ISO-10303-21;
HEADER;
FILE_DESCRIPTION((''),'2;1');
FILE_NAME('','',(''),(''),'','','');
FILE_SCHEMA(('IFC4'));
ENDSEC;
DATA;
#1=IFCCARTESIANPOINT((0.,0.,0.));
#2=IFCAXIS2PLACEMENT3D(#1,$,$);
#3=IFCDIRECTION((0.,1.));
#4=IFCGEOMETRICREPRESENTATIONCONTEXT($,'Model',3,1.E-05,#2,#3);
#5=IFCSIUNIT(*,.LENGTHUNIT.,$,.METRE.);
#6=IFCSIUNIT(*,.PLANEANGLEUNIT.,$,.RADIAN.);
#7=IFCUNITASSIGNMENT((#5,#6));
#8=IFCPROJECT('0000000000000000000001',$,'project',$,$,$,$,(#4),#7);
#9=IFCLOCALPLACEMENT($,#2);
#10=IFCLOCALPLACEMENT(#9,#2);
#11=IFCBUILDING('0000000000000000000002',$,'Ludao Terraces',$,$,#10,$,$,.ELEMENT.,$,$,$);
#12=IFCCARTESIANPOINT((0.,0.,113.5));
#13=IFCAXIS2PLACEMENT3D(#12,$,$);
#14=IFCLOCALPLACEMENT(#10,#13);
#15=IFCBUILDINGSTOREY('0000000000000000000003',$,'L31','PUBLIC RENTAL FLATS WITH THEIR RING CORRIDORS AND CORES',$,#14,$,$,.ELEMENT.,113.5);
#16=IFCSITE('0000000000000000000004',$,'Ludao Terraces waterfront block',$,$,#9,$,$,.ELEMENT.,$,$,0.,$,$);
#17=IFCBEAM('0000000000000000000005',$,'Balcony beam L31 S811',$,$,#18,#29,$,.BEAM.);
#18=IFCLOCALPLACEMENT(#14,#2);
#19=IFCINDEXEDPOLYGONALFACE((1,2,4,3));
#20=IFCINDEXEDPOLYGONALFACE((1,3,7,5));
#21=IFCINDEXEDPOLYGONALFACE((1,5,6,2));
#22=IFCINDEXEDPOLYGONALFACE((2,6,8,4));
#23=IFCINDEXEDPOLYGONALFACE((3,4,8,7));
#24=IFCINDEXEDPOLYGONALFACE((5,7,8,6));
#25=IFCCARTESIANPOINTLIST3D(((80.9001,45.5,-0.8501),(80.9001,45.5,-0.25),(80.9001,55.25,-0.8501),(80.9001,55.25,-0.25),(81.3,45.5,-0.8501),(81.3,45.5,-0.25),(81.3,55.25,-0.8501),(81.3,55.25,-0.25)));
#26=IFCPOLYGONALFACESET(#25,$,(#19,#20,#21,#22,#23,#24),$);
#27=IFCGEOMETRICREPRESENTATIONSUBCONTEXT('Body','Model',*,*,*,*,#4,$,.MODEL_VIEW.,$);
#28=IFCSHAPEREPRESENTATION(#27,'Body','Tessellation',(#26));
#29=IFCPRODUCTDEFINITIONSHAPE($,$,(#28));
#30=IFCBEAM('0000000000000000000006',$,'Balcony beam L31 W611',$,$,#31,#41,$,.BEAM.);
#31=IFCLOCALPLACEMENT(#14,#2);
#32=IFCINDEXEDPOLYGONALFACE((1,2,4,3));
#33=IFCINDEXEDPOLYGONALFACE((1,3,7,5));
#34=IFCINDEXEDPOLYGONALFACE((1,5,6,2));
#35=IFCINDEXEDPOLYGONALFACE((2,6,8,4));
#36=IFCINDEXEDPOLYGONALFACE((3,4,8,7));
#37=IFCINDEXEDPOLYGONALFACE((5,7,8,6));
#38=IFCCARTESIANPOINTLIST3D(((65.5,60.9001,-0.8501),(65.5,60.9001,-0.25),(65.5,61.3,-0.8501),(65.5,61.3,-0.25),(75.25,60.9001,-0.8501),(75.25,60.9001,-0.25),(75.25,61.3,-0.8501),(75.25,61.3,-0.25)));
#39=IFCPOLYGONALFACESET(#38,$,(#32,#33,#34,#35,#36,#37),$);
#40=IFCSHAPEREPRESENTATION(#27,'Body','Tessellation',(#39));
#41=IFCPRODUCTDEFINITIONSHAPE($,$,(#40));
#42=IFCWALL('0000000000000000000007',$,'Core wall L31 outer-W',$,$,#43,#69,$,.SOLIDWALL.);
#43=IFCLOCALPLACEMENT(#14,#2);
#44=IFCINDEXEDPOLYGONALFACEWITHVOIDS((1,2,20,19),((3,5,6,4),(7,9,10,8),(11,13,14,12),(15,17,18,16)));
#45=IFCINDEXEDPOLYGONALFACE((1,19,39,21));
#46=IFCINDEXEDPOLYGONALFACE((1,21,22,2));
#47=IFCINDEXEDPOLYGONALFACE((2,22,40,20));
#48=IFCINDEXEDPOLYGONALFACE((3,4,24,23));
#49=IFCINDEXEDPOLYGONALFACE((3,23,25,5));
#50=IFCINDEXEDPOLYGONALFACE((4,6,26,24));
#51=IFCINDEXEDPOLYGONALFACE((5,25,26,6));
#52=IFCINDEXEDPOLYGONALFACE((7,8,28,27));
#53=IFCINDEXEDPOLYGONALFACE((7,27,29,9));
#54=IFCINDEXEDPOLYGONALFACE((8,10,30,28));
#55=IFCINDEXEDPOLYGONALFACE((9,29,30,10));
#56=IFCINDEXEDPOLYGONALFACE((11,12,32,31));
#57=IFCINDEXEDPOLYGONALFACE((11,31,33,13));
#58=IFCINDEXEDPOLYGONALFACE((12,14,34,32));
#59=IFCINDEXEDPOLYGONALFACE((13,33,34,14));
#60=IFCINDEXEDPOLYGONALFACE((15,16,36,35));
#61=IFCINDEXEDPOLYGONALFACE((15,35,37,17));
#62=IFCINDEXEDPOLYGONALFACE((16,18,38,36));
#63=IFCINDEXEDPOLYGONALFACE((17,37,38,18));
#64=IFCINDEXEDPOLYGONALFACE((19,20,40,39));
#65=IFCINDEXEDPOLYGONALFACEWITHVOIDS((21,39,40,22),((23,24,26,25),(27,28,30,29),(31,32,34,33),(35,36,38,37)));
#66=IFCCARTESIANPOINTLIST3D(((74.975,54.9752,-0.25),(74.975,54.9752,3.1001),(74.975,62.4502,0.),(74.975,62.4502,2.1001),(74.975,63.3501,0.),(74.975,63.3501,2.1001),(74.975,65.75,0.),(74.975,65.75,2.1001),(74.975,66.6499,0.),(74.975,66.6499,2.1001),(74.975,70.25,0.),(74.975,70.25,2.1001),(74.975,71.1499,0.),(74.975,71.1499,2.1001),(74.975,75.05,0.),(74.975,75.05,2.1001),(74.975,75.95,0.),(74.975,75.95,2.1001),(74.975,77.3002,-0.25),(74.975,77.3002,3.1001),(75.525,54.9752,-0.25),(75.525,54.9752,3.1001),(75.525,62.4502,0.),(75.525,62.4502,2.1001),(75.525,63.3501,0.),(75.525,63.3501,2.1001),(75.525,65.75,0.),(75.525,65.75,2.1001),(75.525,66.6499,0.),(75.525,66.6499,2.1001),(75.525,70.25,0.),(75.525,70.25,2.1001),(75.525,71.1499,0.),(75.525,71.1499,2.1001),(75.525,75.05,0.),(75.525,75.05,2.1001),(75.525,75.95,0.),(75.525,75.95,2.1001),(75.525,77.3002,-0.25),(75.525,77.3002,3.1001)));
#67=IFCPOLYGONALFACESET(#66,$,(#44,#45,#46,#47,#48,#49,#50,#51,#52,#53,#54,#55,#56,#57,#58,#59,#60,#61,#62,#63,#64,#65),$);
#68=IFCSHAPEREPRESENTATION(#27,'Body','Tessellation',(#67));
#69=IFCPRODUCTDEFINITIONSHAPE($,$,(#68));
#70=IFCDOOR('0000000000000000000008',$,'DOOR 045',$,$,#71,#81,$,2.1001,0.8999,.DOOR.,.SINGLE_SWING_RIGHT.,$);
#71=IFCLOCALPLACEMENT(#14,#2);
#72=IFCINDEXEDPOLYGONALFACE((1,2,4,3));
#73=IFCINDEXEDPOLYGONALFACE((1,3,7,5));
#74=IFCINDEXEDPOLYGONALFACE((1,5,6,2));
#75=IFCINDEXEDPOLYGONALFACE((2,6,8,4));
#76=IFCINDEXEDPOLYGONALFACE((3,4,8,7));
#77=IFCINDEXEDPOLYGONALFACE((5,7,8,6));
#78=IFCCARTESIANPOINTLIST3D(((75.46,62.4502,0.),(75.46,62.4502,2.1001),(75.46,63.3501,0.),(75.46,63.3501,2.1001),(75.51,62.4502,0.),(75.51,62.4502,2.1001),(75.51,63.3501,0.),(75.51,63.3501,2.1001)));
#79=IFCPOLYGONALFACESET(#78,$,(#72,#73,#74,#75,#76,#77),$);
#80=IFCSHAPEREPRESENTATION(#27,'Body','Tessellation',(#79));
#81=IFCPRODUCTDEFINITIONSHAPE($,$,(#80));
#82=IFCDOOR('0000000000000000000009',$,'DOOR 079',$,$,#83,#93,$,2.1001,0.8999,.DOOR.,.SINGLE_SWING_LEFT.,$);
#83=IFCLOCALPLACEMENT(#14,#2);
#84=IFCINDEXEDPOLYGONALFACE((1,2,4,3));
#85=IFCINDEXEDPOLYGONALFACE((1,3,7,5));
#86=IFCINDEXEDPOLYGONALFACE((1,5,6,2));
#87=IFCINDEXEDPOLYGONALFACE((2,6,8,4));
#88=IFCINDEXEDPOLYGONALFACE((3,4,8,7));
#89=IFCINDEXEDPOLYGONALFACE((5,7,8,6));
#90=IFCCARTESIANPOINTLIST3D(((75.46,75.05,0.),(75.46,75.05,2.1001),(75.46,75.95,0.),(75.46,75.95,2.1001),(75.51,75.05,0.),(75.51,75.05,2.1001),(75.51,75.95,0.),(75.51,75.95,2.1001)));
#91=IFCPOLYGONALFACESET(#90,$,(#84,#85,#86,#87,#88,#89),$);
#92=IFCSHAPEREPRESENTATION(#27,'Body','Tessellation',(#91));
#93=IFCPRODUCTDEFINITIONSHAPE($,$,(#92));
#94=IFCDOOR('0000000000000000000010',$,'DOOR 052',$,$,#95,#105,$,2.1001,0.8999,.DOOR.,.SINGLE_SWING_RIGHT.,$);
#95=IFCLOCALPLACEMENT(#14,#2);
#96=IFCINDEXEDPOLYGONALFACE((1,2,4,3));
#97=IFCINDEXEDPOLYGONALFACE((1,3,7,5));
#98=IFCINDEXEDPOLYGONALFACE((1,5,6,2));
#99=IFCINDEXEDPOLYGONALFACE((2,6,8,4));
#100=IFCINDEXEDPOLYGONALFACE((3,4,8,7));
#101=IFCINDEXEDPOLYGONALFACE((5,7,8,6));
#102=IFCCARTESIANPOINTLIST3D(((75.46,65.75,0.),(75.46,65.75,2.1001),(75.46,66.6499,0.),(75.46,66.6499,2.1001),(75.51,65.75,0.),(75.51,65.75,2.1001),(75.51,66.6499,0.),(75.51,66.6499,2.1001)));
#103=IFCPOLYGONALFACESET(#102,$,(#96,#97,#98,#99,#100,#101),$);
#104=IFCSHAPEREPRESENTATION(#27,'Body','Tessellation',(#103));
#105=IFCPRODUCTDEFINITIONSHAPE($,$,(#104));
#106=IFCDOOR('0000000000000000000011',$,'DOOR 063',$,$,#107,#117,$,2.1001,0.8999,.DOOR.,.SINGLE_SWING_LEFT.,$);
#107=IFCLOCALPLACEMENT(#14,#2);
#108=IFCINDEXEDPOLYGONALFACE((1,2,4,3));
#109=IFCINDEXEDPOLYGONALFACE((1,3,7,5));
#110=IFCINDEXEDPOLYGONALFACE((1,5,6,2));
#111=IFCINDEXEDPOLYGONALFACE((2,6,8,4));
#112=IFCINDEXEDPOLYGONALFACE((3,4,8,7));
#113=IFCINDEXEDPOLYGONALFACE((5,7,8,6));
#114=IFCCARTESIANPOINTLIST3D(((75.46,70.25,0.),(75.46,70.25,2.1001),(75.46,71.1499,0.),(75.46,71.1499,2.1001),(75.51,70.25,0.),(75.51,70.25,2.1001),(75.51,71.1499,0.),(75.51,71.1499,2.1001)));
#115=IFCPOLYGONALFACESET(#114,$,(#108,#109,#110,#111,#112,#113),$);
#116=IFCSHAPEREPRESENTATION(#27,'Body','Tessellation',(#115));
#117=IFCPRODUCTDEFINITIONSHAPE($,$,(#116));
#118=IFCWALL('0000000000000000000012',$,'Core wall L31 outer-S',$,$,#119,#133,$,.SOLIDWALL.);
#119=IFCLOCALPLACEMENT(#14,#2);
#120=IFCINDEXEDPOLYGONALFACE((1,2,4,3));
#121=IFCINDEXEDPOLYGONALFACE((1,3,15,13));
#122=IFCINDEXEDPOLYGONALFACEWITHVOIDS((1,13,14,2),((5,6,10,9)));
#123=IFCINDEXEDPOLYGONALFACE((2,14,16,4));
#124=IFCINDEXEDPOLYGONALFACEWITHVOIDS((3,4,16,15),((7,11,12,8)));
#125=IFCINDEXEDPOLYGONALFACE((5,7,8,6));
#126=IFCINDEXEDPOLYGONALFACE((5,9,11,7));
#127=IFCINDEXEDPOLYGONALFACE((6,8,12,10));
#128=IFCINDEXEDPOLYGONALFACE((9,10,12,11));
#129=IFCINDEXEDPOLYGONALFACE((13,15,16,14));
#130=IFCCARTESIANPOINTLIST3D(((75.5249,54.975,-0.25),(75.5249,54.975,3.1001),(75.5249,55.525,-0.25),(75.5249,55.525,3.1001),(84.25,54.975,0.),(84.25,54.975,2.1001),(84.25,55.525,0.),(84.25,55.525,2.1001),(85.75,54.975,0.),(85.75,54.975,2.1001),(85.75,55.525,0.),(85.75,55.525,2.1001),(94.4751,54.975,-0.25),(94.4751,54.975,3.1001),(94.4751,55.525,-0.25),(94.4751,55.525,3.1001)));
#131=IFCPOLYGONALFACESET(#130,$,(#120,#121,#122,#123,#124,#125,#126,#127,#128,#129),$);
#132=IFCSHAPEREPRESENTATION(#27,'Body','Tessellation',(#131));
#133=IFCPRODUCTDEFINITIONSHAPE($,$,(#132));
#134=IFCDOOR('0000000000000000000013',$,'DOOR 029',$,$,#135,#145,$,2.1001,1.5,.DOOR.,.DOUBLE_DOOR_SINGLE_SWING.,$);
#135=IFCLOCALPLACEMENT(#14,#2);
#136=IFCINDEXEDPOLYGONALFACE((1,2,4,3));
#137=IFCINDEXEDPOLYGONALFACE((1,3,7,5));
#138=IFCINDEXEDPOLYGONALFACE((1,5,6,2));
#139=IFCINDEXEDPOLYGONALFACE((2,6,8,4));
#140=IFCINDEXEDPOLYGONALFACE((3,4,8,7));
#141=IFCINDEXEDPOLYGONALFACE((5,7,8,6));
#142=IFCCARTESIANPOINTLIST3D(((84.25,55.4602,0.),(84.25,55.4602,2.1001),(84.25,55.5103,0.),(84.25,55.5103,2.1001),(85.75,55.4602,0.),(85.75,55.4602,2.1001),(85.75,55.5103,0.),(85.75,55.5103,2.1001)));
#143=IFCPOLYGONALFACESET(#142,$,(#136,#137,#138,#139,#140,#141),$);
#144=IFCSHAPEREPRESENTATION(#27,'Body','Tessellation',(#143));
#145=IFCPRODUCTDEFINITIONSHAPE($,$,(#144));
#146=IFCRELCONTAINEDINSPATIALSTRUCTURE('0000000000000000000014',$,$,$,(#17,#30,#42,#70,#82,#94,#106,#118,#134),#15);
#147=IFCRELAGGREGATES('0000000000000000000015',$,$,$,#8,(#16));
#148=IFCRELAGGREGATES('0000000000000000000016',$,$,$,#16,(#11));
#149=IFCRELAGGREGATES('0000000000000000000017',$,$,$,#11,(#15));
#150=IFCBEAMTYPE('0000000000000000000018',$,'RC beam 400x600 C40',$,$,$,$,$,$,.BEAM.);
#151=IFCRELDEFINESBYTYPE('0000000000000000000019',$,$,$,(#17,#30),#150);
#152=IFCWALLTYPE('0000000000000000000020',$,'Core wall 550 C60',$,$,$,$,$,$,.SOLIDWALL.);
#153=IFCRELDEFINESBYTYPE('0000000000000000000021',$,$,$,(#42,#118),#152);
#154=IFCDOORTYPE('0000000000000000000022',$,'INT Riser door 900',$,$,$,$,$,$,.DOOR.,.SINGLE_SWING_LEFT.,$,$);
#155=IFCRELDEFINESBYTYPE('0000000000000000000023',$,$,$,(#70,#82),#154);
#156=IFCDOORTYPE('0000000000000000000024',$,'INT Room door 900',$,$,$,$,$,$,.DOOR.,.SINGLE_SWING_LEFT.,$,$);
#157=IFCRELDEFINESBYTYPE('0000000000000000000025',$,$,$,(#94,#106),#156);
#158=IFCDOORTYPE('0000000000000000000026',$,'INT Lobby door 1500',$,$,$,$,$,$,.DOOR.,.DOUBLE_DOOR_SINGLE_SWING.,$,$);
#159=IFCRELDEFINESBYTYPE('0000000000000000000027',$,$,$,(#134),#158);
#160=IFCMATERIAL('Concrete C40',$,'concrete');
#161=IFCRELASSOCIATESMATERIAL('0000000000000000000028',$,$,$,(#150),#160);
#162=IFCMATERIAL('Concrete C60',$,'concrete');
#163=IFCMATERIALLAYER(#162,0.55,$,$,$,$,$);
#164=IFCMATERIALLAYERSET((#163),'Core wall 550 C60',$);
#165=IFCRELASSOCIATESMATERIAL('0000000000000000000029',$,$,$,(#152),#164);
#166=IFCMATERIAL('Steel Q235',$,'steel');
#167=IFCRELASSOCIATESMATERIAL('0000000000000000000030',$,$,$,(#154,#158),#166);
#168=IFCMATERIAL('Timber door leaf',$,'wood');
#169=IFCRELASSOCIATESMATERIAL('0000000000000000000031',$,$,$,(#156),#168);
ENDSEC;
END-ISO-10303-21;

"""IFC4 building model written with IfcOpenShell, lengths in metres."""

from ifc_helpers import new_model, si_unit, direction, frame, frame_2d, origin, origin_2d, place, context, subcontext, project, spatial, rectangle, extrude, material, layer, layer_set, material_profile, profile_set, type_object, element, fill, save


model = new_model("IFC4")

# Units and contexts
model_context = context("Model", 3, precision=1e-05, world=origin(), true_north=direction((0.0, 1.0)))
body_context = subcontext(model_context, "Body", "Model", "MODEL_VIEW")
ifc_project = project(units=[si_unit("LENGTHUNIT", "METRE"), si_unit("PLANEANGLEUNIT", "RADIAN")], contexts=[model_context])

# Site, building, storey
site_placement = place(None, origin())
site = spatial("IfcSite", under=ifc_project, at=site_placement, Name="Ludao Terraces waterfront block", CompositionType="ELEMENT", RefElevation=0.0)
building_placement = place(site_placement, origin())
building = spatial("IfcBuilding", under=site, at=building_placement, Name="Ludao Terraces", CompositionType="ELEMENT")
storey_placement = place(building_placement, frame((0.0, 0.0, 113.5)))
storey = spatial("IfcBuildingStorey", under=building, at=storey_placement, Name="L31", Description="PUBLIC RENTAL FLATS WITH THEIR RING CORRIDORS AND CORES", CompositionType="ELEMENT", Elevation=113.5)

# Beams
ifc_material_1 = material(Name="Concrete C40", Category="concrete")
ifc_material_profile = material_profile(ifc_material_1, rectangle(XDim=0.3999, YDim=0.6001, at=origin_2d()), Name="400 X 600")
ifc_profile_set = profile_set([ifc_material_profile], Name="Concrete C40")
beam_type = type_object("IfcBeamType", Name="RC beam 400x600 C40", PredefinedType="BEAM", material=ifc_profile_set)
for number, where, z_axis, x_axis, name in (
    (1, (81.1001, 55.25, -0.55), (0.0, -1.0, 0.0), (1.0, 0.0, 0.0), "Balcony beam L31 S811"),
    (2, (75.25, 61.1001, -0.55), (-1.0, 0.0, 0.0), (0.0, -1.0, 0.0), "Balcony beam L31 W611"),
):
    element("IfcBeam", number, at=place(storey_placement, frame(where, z_axis=z_axis, x_axis=x_axis)), inside=storey, type_object=beam_type, Name=name, PredefinedType="BEAM", context=body_context, shape_type="SweptSolid", body=[
        extrude(rectangle(XDim=0.3999, YDim=0.6001, at=origin_2d()), origin(), (0.0, 0.0, 1.0), 9.75),
    ])

# Wall, openings, doors
ifc_material_2 = material(Name="Concrete C60", Category="concrete")
ifc_layer_1 = layer(ifc_material_2, 0.55)
ifc_layer_set_1 = layer_set([ifc_layer_1], Name="Core wall 550 C60")
wall_type_1 = type_object("IfcWallType", Name="Core wall 550 C60", PredefinedType="SOLIDWALL", material=ifc_layer_set_1)
wall_1_placement = place(storey_placement, frame((75.25, 54.9751, -0.25), z_axis=(0.0, 0.0, 1.0), x_axis=(0.0, 1.0, 0.0)))
wall_1 = element("IfcWall", 3, at=wall_1_placement, inside=storey, type_object=wall_type_1, Name="Core wall L31 outer-W", PredefinedType="SOLIDWALL", context=body_context, shape_type="SweptSolid", body=[
    extrude(rectangle(XDim=22.325, YDim=0.55, at=frame_2d((11.1626, 0.0))), origin(), (0.0, 0.0, 1.0), 3.3501),
])
opening_1_placement = place(wall_1_placement, frame((7.4751, 0.0, 0.25)))
opening_1 = element("IfcOpeningElement", 4, at=opening_1_placement, cuts=wall_1, PredefinedType="OPENING", context=body_context, shape_type="SweptSolid", body=[
    extrude(rectangle(XDim=0.8999, YDim=2.1001, at=frame_2d((0.45, 1.05))), frame((0.0, 0.2852, 0.0), z_axis=(0.0, -1.0, 0.0), x_axis=(1.0, 0.0, 0.0)), (0.0, 0.0, 1.0), 0.5701),
])
opening_2_placement = place(wall_1_placement, frame((10.7749, 0.0, 0.25)))
opening_2 = element("IfcOpeningElement", 5, at=opening_2_placement, cuts=wall_1, PredefinedType="OPENING", context=body_context, shape_type="SweptSolid", body=[
    extrude(rectangle(XDim=0.8999, YDim=2.1001, at=frame_2d((0.45, 1.05))), frame((0.0, 0.2852, 0.0), z_axis=(0.0, -1.0, 0.0), x_axis=(1.0, 0.0, 0.0)), (0.0, 0.0, 1.0), 0.5701),
])
opening_3_placement = place(wall_1_placement, frame((15.2749, 0.0, 0.25)))
opening_3 = element("IfcOpeningElement", 6, at=opening_3_placement, cuts=wall_1, PredefinedType="OPENING", context=body_context, shape_type="SweptSolid", body=[
    extrude(rectangle(XDim=0.8999, YDim=2.1001, at=frame_2d((0.45, 1.05))), frame((0.0, 0.2852, 0.0), z_axis=(0.0, -1.0, 0.0), x_axis=(1.0, 0.0, 0.0)), (0.0, 0.0, 1.0), 0.5701),
])
opening_4_placement = place(wall_1_placement, frame((20.075, 0.0, 0.25)))
opening_4 = element("IfcOpeningElement", 7, at=opening_4_placement, cuts=wall_1, PredefinedType="OPENING", context=body_context, shape_type="SweptSolid", body=[
    extrude(rectangle(XDim=0.8999, YDim=2.1001, at=frame_2d((0.45, 1.05))), frame((0.0, 0.2852, 0.0), z_axis=(0.0, -1.0, 0.0), x_axis=(1.0, 0.0, 0.0)), (0.0, 0.0, 1.0), 0.5701),
])
ifc_material_3 = material(Name="Steel Q235", Category="steel")
door_type_1 = type_object("IfcDoorType", Name="INT Riser door 900", OperationType="SINGLE_SWING_LEFT", PredefinedType="DOOR", material=ifc_material_3)
door_1_placement = place(opening_1_placement, origin())
door_1 = element("IfcDoor", 8, at=door_1_placement, inside=storey, type_object=door_type_1, Name="DOOR 045", OperationType="SINGLE_SWING_RIGHT", OverallHeight=2.1001, OverallWidth=0.8999, PredefinedType="DOOR", context=body_context, shape_type="SweptSolid", body=[
    extrude(rectangle(XDim=0.8999, YDim=2.1001, at=frame_2d((0.45, 1.05))), frame((0.0, -0.21, 0.0), z_axis=(0.0, -1.0, 0.0), x_axis=(1.0, 0.0, 0.0)), (0.0, 0.0, 1.0), 0.05),
])
fill(opening_1, door_1)
door_2_placement = place(opening_4_placement, origin())
door_2 = element("IfcDoor", 9, at=door_2_placement, inside=storey, type_object=door_type_1, Name="DOOR 079", OperationType="SINGLE_SWING_LEFT", OverallHeight=2.1001, OverallWidth=0.8999, PredefinedType="DOOR", context=body_context, shape_type="SweptSolid", body=[
    extrude(rectangle(XDim=0.8999, YDim=2.1001, at=frame_2d((0.45, 1.05))), frame((0.0, -0.21, 0.0), z_axis=(0.0, -1.0, 0.0), x_axis=(1.0, 0.0, 0.0)), (0.0, 0.0, 1.0), 0.05),
])
fill(opening_4, door_2)
ifc_material_4 = material(Name="Timber door leaf", Category="wood")
door_type_2 = type_object("IfcDoorType", Name="INT Room door 900", OperationType="SINGLE_SWING_LEFT", PredefinedType="DOOR", material=ifc_material_4)
door_3_placement = place(opening_2_placement, origin())
door_3 = element("IfcDoor", 10, at=door_3_placement, inside=storey, type_object=door_type_2, Name="DOOR 052", OperationType="SINGLE_SWING_RIGHT", OverallHeight=2.1001, OverallWidth=0.8999, PredefinedType="DOOR", context=body_context, shape_type="SweptSolid", body=[
    extrude(rectangle(XDim=0.8999, YDim=2.1001, at=frame_2d((0.45, 1.05))), frame((0.0, -0.21, 0.0), z_axis=(0.0, -1.0, 0.0), x_axis=(1.0, 0.0, 0.0)), (0.0, 0.0, 1.0), 0.05),
])
fill(opening_2, door_3)
door_4_placement = place(opening_3_placement, origin())
door_4 = element("IfcDoor", 11, at=door_4_placement, inside=storey, type_object=door_type_2, Name="DOOR 063", OperationType="SINGLE_SWING_LEFT", OverallHeight=2.1001, OverallWidth=0.8999, PredefinedType="DOOR", context=body_context, shape_type="SweptSolid", body=[
    extrude(rectangle(XDim=0.8999, YDim=2.1001, at=frame_2d((0.45, 1.05))), frame((0.0, -0.21, 0.0), z_axis=(0.0, -1.0, 0.0), x_axis=(1.0, 0.0, 0.0)), (0.0, 0.0, 1.0), 0.05),
])
fill(opening_3, door_4)

# Wall, opening, door
wall_2_placement = place(storey_placement, frame((75.5249, 55.25, -0.25), z_axis=(0.0, 0.0, 1.0), x_axis=(1.0, 0.0, 0.0)))
wall_2 = element("IfcWall", 12, at=wall_2_placement, inside=storey, type_object=wall_type_1, Name="Core wall L31 outer-S", PredefinedType="SOLIDWALL", context=body_context, shape_type="SweptSolid", body=[
    extrude(rectangle(XDim=18.9502, YDim=0.55, at=frame_2d((9.4751, 0.0))), origin(), (0.0, 0.0, 1.0), 3.3501),
])
opening_5_placement = place(wall_2_placement, frame((8.7251, 0.0, 0.25)))
opening_5 = element("IfcOpeningElement", 13, at=opening_5_placement, cuts=wall_2, PredefinedType="OPENING", context=body_context, shape_type="SweptSolid", body=[
    extrude(rectangle(XDim=1.5, YDim=2.1001, at=frame_2d((0.75, 1.05))), frame((0.0, 0.2852, 0.0), z_axis=(0.0, -1.0, 0.0), x_axis=(1.0, 0.0, 0.0)), (0.0, 0.0, 1.0), 0.5701),
])
door_type_3 = type_object("IfcDoorType", Name="INT Lobby door 1500", OperationType="DOUBLE_DOOR_SINGLE_SWING", PredefinedType="DOOR", material=ifc_material_3)
door_5_placement = place(opening_5_placement, origin())
door_5 = element("IfcDoor", 14, at=door_5_placement, inside=storey, type_object=door_type_3, Name="DOOR 029", OperationType="DOUBLE_DOOR_SINGLE_SWING", OverallHeight=2.1001, OverallWidth=1.5, PredefinedType="DOOR", context=body_context, shape_type="SweptSolid", body=[
    extrude(rectangle(XDim=1.5, YDim=2.1001, at=frame_2d((0.75, 1.05))), frame((0.0, 0.2603, 0.0), z_axis=(0.0, -1.0, 0.0), x_axis=(1.0, 0.0, 0.0)), (0.0, 0.0, 1.0), 0.05),
])
fill(opening_5, door_5)

save(model, "model.ifc")
